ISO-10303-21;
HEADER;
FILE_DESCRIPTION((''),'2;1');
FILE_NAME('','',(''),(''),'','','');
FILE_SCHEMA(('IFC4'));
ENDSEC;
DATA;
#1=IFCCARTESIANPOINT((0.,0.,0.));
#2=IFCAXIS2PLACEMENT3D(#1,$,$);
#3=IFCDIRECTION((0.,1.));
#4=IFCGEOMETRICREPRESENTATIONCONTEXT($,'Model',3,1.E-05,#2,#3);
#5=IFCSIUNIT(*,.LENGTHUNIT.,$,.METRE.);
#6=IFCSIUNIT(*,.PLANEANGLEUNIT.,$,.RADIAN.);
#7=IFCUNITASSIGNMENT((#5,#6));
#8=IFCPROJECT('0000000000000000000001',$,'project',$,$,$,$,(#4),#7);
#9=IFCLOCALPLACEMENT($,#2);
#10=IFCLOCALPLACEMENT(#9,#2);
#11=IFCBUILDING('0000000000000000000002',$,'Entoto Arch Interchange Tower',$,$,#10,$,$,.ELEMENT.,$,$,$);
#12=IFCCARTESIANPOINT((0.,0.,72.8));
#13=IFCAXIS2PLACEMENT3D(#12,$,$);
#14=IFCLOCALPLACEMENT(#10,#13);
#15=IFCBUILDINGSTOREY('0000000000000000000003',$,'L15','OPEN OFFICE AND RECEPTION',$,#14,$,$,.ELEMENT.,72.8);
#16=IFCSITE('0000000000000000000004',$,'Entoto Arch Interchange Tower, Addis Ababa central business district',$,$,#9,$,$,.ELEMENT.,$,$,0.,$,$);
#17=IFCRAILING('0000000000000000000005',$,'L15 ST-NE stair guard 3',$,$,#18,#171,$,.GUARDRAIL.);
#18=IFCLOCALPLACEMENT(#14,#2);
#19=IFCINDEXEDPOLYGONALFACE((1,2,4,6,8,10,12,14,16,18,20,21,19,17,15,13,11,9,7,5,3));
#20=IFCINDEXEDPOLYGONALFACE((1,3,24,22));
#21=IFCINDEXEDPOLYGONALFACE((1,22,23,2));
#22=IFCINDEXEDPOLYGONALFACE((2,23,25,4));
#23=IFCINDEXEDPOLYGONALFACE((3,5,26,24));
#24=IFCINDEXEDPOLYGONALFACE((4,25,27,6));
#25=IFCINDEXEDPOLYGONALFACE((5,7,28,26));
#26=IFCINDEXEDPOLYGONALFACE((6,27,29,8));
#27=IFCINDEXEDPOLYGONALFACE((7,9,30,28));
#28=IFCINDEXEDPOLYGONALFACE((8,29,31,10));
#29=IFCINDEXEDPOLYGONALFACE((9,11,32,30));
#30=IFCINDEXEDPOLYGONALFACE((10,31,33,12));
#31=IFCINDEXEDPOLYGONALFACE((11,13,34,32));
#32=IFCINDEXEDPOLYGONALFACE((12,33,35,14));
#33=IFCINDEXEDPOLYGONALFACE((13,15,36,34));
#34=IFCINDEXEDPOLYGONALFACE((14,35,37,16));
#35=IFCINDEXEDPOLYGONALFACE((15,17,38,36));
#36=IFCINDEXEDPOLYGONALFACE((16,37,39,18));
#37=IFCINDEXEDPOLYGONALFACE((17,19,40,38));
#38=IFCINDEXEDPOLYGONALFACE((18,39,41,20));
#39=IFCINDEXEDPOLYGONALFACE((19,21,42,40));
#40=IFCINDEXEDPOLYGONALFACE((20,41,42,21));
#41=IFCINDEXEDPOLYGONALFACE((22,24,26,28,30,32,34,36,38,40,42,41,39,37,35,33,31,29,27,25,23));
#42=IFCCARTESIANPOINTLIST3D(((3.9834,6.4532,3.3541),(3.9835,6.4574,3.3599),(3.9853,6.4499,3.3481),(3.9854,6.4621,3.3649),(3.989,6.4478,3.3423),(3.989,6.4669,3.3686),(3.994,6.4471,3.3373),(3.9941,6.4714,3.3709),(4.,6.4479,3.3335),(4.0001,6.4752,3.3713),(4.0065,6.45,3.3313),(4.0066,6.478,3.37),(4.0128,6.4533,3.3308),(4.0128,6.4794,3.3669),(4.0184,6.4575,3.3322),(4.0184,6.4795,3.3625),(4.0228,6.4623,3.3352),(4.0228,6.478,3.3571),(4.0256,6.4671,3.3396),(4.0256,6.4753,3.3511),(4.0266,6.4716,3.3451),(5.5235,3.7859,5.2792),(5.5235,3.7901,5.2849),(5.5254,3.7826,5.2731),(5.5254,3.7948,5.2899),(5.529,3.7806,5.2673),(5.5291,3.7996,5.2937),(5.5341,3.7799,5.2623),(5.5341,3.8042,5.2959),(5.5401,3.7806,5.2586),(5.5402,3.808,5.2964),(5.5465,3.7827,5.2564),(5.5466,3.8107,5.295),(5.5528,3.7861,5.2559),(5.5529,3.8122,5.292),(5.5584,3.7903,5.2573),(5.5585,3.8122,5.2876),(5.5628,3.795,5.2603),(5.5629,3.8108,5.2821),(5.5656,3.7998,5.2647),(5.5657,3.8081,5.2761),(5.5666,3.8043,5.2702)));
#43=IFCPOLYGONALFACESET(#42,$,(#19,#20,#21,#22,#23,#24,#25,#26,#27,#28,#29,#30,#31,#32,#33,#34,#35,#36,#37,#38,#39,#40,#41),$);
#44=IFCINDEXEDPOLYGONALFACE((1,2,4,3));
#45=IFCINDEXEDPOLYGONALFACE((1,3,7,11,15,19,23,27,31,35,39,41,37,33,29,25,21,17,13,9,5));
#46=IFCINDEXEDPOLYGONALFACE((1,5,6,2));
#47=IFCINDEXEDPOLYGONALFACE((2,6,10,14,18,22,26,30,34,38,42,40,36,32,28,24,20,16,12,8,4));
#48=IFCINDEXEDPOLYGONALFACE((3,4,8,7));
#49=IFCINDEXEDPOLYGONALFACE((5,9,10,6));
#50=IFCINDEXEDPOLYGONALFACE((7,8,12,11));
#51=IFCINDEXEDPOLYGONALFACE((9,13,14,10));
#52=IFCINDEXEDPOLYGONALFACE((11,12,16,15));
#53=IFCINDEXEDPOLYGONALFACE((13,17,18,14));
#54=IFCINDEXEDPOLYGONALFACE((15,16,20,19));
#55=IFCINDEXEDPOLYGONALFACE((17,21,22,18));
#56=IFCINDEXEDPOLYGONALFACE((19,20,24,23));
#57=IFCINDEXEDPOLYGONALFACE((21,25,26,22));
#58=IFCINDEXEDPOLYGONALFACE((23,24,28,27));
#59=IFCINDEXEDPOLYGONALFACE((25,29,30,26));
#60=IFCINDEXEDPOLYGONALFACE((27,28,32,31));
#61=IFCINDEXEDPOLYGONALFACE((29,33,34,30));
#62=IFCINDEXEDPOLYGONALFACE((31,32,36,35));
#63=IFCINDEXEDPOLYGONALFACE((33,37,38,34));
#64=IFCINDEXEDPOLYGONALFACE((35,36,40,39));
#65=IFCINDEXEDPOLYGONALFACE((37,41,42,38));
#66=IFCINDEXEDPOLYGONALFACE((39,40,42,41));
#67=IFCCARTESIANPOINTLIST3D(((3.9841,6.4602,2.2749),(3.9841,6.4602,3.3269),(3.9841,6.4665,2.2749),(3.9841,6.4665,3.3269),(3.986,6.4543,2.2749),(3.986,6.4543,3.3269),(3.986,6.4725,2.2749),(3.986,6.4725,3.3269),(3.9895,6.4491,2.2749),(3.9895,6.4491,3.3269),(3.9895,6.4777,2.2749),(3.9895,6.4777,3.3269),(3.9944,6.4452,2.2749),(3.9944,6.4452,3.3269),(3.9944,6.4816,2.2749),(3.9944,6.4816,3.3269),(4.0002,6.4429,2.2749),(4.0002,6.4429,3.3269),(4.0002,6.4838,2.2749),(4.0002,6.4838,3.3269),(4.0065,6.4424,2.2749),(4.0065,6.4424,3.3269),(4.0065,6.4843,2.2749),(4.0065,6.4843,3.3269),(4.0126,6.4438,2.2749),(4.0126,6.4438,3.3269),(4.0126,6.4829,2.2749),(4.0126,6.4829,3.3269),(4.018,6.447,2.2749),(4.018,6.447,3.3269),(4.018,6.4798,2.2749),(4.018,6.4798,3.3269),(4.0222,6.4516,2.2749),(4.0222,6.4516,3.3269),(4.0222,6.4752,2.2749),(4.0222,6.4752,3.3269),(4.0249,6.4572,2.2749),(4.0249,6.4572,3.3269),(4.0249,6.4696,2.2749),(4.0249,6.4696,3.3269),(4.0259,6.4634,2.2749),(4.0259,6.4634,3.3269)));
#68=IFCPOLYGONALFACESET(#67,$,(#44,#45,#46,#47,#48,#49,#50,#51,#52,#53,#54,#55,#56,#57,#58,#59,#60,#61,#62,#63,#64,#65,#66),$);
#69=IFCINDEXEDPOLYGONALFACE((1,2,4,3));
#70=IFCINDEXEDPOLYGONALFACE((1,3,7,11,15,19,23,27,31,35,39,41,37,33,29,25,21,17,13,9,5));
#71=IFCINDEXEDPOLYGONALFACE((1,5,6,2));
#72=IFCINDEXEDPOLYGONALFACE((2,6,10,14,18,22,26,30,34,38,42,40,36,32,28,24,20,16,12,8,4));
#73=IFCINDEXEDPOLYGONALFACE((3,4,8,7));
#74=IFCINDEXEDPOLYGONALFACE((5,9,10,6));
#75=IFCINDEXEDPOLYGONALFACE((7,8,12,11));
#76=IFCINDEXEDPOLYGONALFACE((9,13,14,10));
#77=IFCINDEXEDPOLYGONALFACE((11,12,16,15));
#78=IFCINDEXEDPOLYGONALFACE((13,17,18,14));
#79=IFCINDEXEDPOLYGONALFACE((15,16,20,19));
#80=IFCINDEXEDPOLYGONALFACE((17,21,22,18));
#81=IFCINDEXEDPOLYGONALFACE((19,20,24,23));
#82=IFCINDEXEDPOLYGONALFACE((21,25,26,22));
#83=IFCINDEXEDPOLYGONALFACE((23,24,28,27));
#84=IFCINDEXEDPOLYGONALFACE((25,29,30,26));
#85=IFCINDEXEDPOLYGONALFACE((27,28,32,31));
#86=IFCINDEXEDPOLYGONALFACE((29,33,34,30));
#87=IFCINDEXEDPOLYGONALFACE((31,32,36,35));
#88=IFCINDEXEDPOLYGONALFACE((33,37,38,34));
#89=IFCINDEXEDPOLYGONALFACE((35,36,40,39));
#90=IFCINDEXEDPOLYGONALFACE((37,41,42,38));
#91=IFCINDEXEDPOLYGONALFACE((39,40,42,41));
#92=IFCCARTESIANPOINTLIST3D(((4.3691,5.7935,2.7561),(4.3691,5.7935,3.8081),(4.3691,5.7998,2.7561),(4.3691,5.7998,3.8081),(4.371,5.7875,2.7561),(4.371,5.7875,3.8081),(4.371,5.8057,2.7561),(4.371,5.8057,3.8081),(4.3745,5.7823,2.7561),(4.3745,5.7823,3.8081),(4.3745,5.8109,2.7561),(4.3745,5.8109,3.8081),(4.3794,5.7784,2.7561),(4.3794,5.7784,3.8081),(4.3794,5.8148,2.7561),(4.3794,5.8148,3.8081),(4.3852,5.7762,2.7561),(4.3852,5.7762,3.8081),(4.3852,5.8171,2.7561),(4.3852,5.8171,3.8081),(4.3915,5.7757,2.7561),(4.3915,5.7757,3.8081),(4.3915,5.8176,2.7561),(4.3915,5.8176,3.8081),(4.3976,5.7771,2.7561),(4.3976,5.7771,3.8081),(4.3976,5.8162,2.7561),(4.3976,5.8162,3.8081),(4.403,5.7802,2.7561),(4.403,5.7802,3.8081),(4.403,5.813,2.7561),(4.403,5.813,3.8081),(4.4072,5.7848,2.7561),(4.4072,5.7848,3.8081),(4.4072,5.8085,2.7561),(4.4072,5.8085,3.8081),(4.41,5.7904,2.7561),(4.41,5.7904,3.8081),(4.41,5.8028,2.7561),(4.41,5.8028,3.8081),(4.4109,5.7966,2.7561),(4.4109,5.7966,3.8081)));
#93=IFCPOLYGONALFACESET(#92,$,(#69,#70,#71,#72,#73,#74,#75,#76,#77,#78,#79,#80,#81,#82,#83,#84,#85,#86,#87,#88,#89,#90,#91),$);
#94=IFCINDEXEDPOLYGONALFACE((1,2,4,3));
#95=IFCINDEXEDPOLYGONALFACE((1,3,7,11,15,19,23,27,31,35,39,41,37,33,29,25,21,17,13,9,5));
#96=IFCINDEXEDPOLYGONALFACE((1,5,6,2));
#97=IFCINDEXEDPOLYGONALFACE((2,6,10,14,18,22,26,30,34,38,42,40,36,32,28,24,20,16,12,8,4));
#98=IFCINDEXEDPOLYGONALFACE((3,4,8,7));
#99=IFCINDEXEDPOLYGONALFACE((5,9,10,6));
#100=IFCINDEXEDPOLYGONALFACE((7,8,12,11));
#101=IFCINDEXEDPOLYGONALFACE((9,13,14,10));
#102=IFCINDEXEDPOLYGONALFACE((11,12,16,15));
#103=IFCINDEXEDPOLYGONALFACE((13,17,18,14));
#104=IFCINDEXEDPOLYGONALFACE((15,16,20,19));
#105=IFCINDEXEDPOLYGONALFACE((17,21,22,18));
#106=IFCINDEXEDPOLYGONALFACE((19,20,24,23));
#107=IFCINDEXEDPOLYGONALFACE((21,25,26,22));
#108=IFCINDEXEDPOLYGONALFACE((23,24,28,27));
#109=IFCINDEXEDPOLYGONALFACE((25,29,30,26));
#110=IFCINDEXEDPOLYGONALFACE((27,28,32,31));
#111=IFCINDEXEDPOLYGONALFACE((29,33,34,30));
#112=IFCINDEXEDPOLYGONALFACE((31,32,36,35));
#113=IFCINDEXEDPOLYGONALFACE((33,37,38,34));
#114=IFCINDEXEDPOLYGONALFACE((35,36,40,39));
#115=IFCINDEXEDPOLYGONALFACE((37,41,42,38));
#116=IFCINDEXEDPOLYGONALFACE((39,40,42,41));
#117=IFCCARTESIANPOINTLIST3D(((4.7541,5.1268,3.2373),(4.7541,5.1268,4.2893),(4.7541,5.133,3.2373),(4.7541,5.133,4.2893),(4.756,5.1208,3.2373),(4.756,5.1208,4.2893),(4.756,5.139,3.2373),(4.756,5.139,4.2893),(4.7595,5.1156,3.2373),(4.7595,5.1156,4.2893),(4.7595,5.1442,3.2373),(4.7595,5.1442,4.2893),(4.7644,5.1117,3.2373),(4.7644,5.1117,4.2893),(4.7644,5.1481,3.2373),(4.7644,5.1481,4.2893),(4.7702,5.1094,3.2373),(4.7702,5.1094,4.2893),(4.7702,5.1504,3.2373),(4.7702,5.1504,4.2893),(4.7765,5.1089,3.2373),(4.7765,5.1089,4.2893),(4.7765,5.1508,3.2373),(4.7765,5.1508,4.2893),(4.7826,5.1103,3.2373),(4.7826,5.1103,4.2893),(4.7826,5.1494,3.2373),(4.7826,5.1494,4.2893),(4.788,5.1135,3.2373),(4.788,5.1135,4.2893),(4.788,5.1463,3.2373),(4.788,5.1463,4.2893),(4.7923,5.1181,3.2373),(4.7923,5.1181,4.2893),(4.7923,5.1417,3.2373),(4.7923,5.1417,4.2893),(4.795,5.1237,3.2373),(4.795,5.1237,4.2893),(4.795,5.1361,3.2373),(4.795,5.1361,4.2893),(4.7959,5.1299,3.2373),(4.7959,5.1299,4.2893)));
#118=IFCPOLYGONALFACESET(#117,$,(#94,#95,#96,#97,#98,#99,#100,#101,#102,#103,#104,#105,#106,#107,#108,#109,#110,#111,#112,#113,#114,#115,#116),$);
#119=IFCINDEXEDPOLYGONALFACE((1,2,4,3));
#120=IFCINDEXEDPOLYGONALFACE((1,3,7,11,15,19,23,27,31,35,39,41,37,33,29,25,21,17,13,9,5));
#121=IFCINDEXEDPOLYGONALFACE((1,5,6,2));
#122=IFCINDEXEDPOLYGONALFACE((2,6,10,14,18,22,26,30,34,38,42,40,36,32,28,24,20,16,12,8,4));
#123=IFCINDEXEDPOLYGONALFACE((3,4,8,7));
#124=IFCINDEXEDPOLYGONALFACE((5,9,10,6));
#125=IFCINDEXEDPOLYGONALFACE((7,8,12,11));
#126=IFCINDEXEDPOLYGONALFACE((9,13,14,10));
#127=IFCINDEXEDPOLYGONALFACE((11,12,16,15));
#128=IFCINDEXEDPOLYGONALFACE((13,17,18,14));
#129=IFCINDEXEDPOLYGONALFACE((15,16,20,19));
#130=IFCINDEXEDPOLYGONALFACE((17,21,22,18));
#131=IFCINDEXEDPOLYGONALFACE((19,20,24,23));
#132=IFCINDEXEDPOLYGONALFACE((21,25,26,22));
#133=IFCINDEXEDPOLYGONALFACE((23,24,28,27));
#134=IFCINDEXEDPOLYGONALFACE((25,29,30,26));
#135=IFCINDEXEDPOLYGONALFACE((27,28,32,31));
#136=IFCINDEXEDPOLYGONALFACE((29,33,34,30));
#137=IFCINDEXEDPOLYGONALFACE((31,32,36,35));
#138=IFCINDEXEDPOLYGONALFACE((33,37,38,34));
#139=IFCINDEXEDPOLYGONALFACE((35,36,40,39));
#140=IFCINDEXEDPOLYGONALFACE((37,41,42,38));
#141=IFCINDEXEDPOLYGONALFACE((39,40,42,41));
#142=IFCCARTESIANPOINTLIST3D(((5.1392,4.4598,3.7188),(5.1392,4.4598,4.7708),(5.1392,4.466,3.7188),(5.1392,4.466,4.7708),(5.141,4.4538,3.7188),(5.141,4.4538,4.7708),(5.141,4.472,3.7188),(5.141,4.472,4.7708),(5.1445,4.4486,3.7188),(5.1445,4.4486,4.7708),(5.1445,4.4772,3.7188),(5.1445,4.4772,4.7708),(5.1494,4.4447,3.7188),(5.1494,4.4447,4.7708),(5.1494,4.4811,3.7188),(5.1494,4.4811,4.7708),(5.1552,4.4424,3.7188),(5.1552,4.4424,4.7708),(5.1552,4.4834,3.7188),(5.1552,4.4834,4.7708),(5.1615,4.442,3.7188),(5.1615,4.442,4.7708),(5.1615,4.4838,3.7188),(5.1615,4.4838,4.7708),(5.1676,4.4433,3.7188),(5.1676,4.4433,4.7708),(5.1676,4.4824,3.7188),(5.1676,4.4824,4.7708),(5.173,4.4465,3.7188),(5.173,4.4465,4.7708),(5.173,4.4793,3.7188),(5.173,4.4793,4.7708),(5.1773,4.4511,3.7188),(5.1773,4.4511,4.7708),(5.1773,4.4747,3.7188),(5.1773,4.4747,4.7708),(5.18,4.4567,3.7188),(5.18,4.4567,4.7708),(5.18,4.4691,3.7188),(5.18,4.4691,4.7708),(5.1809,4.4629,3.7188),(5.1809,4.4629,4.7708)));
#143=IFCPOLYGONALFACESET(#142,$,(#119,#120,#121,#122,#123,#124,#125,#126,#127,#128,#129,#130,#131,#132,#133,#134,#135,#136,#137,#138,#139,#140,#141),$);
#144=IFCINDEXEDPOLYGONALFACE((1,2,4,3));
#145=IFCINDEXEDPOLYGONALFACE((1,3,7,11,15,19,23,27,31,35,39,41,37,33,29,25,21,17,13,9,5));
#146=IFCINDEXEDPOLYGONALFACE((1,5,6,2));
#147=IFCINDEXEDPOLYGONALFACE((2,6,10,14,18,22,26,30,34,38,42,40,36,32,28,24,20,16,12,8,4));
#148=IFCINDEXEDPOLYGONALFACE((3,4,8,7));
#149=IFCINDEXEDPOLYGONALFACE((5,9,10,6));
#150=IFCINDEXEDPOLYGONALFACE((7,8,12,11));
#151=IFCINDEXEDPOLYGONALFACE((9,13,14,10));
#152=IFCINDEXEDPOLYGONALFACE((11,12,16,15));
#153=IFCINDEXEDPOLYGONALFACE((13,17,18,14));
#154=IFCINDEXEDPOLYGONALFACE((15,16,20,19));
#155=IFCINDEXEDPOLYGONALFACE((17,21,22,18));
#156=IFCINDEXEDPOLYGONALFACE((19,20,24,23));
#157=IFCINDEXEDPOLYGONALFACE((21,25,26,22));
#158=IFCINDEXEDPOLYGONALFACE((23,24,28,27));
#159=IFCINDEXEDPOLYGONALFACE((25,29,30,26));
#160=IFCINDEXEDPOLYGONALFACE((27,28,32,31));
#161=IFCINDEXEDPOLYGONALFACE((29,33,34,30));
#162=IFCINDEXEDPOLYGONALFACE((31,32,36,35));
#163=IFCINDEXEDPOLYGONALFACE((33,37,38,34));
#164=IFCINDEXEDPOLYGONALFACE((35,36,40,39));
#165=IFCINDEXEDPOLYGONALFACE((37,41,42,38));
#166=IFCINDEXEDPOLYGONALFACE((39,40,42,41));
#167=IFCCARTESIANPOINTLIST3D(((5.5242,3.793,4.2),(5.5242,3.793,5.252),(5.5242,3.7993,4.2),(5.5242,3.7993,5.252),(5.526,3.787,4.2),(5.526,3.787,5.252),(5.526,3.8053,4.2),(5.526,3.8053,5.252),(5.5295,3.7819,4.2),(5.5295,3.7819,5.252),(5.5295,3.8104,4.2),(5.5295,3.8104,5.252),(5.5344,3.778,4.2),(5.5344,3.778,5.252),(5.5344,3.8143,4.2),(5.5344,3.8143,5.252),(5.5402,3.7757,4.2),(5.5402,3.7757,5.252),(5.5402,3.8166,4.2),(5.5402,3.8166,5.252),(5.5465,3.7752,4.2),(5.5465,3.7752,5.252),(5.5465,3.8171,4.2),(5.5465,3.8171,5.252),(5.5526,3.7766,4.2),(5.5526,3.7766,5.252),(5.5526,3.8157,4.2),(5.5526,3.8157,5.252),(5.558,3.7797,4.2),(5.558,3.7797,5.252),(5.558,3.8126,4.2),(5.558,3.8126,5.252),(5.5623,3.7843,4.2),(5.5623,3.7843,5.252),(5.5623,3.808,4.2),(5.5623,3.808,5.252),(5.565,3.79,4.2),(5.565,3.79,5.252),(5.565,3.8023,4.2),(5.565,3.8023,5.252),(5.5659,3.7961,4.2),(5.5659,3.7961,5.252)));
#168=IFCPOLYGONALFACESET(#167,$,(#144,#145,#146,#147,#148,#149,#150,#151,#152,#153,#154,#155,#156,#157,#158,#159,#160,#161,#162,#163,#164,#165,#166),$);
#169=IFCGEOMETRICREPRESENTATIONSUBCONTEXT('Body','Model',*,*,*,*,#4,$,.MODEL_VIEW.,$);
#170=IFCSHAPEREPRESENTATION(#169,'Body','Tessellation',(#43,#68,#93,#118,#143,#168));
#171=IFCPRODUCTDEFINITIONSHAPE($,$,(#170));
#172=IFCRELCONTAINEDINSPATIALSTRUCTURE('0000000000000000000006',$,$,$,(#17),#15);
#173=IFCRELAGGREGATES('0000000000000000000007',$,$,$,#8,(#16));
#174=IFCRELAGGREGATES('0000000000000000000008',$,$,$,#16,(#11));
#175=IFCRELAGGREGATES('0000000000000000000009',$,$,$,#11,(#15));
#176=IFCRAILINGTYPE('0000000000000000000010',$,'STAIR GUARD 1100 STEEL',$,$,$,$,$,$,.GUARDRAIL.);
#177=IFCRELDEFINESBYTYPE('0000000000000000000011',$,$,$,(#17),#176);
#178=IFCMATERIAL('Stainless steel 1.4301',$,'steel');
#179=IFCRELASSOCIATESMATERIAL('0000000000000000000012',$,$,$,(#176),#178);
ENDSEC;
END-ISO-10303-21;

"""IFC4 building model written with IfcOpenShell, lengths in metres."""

from ifc_helpers import new_model, si_unit, direction, frame, origin, origin_2d, place, context, subcontext, project, spatial, circle, extrude, material, type_object, element, save


model = new_model("IFC4")

# Units and contexts
model_context = context("Model", 3, precision=1e-05, world=origin(), true_north=direction((0.0, 1.0)))
body_context = subcontext(model_context, "Body", "Model", "MODEL_VIEW")
ifc_project = project(units=[si_unit("LENGTHUNIT", "METRE"), si_unit("PLANEANGLEUNIT", "RADIAN")], contexts=[model_context])

# Site, building, storey
site_placement = place(None, origin())
site = spatial("IfcSite", under=ifc_project, at=site_placement, Name="Entoto Arch Interchange Tower, Addis Ababa central business district", CompositionType="ELEMENT", RefElevation=0.0)
building_placement = place(site_placement, origin())
building = spatial("IfcBuilding", under=site, at=building_placement, Name="Entoto Arch Interchange Tower", CompositionType="ELEMENT")
storey_placement = place(building_placement, frame((0.0, 0.0, 72.8)))
storey = spatial("IfcBuildingStorey", under=building, at=storey_placement, Name="L15", Description="OPEN OFFICE AND RECEPTION", CompositionType="ELEMENT", Elevation=72.8)

# Railing
ifc_material_1 = material(Name="Stainless steel 1.4301", Category="steel")
railing_type_1 = type_object("IfcRailingType", Name="STAIR GUARD 1100 STEEL", PredefinedType="GUARDRAIL", material=ifc_material_1)
railing_1_placement = place(storey_placement, frame((4.0049, 6.4634, 2.2749)))
element("IfcRailing", 1, at=railing_1_placement, inside=storey, type_object=railing_type_1, Name="L15 ST-NE stair guard 3", PredefinedType="GUARDRAIL", context=body_context, shape_type="SweptSolid", body=[
    extrude(circle(Radius=0.0239, at=origin_2d()), frame((0.0, 0.0, 1.0762), z_axis=(0.424015, -0.734364, 0.530019), x_axis=(0.86601, 0.500027, 0.0)), (0.0, 0.0, 1.0), 3.6321),
    extrude(circle(Radius=0.021, at=origin_2d()), origin(), (0.0, 0.0, 1.0), 1.052),
    extrude(circle(Radius=0.021, at=origin_2d()), frame((0.385, -0.6667, 0.4812)), (0.0, 0.0, 1.0), 1.052),
    extrude(circle(Radius=0.021, at=origin_2d()), frame((0.77, -1.3335, 0.9624)), (0.0, 0.0, 1.0), 1.052),
    extrude(circle(Radius=0.021, at=origin_2d()), frame((1.155, -2.0005, 1.4438)), (0.0, 0.0, 1.0), 1.052),
    extrude(circle(Radius=0.021, at=origin_2d()), frame((1.54, -2.6672, 1.925)), (0.0, 0.0, 1.0), 1.052),
])

save(model, "model.ifc")
